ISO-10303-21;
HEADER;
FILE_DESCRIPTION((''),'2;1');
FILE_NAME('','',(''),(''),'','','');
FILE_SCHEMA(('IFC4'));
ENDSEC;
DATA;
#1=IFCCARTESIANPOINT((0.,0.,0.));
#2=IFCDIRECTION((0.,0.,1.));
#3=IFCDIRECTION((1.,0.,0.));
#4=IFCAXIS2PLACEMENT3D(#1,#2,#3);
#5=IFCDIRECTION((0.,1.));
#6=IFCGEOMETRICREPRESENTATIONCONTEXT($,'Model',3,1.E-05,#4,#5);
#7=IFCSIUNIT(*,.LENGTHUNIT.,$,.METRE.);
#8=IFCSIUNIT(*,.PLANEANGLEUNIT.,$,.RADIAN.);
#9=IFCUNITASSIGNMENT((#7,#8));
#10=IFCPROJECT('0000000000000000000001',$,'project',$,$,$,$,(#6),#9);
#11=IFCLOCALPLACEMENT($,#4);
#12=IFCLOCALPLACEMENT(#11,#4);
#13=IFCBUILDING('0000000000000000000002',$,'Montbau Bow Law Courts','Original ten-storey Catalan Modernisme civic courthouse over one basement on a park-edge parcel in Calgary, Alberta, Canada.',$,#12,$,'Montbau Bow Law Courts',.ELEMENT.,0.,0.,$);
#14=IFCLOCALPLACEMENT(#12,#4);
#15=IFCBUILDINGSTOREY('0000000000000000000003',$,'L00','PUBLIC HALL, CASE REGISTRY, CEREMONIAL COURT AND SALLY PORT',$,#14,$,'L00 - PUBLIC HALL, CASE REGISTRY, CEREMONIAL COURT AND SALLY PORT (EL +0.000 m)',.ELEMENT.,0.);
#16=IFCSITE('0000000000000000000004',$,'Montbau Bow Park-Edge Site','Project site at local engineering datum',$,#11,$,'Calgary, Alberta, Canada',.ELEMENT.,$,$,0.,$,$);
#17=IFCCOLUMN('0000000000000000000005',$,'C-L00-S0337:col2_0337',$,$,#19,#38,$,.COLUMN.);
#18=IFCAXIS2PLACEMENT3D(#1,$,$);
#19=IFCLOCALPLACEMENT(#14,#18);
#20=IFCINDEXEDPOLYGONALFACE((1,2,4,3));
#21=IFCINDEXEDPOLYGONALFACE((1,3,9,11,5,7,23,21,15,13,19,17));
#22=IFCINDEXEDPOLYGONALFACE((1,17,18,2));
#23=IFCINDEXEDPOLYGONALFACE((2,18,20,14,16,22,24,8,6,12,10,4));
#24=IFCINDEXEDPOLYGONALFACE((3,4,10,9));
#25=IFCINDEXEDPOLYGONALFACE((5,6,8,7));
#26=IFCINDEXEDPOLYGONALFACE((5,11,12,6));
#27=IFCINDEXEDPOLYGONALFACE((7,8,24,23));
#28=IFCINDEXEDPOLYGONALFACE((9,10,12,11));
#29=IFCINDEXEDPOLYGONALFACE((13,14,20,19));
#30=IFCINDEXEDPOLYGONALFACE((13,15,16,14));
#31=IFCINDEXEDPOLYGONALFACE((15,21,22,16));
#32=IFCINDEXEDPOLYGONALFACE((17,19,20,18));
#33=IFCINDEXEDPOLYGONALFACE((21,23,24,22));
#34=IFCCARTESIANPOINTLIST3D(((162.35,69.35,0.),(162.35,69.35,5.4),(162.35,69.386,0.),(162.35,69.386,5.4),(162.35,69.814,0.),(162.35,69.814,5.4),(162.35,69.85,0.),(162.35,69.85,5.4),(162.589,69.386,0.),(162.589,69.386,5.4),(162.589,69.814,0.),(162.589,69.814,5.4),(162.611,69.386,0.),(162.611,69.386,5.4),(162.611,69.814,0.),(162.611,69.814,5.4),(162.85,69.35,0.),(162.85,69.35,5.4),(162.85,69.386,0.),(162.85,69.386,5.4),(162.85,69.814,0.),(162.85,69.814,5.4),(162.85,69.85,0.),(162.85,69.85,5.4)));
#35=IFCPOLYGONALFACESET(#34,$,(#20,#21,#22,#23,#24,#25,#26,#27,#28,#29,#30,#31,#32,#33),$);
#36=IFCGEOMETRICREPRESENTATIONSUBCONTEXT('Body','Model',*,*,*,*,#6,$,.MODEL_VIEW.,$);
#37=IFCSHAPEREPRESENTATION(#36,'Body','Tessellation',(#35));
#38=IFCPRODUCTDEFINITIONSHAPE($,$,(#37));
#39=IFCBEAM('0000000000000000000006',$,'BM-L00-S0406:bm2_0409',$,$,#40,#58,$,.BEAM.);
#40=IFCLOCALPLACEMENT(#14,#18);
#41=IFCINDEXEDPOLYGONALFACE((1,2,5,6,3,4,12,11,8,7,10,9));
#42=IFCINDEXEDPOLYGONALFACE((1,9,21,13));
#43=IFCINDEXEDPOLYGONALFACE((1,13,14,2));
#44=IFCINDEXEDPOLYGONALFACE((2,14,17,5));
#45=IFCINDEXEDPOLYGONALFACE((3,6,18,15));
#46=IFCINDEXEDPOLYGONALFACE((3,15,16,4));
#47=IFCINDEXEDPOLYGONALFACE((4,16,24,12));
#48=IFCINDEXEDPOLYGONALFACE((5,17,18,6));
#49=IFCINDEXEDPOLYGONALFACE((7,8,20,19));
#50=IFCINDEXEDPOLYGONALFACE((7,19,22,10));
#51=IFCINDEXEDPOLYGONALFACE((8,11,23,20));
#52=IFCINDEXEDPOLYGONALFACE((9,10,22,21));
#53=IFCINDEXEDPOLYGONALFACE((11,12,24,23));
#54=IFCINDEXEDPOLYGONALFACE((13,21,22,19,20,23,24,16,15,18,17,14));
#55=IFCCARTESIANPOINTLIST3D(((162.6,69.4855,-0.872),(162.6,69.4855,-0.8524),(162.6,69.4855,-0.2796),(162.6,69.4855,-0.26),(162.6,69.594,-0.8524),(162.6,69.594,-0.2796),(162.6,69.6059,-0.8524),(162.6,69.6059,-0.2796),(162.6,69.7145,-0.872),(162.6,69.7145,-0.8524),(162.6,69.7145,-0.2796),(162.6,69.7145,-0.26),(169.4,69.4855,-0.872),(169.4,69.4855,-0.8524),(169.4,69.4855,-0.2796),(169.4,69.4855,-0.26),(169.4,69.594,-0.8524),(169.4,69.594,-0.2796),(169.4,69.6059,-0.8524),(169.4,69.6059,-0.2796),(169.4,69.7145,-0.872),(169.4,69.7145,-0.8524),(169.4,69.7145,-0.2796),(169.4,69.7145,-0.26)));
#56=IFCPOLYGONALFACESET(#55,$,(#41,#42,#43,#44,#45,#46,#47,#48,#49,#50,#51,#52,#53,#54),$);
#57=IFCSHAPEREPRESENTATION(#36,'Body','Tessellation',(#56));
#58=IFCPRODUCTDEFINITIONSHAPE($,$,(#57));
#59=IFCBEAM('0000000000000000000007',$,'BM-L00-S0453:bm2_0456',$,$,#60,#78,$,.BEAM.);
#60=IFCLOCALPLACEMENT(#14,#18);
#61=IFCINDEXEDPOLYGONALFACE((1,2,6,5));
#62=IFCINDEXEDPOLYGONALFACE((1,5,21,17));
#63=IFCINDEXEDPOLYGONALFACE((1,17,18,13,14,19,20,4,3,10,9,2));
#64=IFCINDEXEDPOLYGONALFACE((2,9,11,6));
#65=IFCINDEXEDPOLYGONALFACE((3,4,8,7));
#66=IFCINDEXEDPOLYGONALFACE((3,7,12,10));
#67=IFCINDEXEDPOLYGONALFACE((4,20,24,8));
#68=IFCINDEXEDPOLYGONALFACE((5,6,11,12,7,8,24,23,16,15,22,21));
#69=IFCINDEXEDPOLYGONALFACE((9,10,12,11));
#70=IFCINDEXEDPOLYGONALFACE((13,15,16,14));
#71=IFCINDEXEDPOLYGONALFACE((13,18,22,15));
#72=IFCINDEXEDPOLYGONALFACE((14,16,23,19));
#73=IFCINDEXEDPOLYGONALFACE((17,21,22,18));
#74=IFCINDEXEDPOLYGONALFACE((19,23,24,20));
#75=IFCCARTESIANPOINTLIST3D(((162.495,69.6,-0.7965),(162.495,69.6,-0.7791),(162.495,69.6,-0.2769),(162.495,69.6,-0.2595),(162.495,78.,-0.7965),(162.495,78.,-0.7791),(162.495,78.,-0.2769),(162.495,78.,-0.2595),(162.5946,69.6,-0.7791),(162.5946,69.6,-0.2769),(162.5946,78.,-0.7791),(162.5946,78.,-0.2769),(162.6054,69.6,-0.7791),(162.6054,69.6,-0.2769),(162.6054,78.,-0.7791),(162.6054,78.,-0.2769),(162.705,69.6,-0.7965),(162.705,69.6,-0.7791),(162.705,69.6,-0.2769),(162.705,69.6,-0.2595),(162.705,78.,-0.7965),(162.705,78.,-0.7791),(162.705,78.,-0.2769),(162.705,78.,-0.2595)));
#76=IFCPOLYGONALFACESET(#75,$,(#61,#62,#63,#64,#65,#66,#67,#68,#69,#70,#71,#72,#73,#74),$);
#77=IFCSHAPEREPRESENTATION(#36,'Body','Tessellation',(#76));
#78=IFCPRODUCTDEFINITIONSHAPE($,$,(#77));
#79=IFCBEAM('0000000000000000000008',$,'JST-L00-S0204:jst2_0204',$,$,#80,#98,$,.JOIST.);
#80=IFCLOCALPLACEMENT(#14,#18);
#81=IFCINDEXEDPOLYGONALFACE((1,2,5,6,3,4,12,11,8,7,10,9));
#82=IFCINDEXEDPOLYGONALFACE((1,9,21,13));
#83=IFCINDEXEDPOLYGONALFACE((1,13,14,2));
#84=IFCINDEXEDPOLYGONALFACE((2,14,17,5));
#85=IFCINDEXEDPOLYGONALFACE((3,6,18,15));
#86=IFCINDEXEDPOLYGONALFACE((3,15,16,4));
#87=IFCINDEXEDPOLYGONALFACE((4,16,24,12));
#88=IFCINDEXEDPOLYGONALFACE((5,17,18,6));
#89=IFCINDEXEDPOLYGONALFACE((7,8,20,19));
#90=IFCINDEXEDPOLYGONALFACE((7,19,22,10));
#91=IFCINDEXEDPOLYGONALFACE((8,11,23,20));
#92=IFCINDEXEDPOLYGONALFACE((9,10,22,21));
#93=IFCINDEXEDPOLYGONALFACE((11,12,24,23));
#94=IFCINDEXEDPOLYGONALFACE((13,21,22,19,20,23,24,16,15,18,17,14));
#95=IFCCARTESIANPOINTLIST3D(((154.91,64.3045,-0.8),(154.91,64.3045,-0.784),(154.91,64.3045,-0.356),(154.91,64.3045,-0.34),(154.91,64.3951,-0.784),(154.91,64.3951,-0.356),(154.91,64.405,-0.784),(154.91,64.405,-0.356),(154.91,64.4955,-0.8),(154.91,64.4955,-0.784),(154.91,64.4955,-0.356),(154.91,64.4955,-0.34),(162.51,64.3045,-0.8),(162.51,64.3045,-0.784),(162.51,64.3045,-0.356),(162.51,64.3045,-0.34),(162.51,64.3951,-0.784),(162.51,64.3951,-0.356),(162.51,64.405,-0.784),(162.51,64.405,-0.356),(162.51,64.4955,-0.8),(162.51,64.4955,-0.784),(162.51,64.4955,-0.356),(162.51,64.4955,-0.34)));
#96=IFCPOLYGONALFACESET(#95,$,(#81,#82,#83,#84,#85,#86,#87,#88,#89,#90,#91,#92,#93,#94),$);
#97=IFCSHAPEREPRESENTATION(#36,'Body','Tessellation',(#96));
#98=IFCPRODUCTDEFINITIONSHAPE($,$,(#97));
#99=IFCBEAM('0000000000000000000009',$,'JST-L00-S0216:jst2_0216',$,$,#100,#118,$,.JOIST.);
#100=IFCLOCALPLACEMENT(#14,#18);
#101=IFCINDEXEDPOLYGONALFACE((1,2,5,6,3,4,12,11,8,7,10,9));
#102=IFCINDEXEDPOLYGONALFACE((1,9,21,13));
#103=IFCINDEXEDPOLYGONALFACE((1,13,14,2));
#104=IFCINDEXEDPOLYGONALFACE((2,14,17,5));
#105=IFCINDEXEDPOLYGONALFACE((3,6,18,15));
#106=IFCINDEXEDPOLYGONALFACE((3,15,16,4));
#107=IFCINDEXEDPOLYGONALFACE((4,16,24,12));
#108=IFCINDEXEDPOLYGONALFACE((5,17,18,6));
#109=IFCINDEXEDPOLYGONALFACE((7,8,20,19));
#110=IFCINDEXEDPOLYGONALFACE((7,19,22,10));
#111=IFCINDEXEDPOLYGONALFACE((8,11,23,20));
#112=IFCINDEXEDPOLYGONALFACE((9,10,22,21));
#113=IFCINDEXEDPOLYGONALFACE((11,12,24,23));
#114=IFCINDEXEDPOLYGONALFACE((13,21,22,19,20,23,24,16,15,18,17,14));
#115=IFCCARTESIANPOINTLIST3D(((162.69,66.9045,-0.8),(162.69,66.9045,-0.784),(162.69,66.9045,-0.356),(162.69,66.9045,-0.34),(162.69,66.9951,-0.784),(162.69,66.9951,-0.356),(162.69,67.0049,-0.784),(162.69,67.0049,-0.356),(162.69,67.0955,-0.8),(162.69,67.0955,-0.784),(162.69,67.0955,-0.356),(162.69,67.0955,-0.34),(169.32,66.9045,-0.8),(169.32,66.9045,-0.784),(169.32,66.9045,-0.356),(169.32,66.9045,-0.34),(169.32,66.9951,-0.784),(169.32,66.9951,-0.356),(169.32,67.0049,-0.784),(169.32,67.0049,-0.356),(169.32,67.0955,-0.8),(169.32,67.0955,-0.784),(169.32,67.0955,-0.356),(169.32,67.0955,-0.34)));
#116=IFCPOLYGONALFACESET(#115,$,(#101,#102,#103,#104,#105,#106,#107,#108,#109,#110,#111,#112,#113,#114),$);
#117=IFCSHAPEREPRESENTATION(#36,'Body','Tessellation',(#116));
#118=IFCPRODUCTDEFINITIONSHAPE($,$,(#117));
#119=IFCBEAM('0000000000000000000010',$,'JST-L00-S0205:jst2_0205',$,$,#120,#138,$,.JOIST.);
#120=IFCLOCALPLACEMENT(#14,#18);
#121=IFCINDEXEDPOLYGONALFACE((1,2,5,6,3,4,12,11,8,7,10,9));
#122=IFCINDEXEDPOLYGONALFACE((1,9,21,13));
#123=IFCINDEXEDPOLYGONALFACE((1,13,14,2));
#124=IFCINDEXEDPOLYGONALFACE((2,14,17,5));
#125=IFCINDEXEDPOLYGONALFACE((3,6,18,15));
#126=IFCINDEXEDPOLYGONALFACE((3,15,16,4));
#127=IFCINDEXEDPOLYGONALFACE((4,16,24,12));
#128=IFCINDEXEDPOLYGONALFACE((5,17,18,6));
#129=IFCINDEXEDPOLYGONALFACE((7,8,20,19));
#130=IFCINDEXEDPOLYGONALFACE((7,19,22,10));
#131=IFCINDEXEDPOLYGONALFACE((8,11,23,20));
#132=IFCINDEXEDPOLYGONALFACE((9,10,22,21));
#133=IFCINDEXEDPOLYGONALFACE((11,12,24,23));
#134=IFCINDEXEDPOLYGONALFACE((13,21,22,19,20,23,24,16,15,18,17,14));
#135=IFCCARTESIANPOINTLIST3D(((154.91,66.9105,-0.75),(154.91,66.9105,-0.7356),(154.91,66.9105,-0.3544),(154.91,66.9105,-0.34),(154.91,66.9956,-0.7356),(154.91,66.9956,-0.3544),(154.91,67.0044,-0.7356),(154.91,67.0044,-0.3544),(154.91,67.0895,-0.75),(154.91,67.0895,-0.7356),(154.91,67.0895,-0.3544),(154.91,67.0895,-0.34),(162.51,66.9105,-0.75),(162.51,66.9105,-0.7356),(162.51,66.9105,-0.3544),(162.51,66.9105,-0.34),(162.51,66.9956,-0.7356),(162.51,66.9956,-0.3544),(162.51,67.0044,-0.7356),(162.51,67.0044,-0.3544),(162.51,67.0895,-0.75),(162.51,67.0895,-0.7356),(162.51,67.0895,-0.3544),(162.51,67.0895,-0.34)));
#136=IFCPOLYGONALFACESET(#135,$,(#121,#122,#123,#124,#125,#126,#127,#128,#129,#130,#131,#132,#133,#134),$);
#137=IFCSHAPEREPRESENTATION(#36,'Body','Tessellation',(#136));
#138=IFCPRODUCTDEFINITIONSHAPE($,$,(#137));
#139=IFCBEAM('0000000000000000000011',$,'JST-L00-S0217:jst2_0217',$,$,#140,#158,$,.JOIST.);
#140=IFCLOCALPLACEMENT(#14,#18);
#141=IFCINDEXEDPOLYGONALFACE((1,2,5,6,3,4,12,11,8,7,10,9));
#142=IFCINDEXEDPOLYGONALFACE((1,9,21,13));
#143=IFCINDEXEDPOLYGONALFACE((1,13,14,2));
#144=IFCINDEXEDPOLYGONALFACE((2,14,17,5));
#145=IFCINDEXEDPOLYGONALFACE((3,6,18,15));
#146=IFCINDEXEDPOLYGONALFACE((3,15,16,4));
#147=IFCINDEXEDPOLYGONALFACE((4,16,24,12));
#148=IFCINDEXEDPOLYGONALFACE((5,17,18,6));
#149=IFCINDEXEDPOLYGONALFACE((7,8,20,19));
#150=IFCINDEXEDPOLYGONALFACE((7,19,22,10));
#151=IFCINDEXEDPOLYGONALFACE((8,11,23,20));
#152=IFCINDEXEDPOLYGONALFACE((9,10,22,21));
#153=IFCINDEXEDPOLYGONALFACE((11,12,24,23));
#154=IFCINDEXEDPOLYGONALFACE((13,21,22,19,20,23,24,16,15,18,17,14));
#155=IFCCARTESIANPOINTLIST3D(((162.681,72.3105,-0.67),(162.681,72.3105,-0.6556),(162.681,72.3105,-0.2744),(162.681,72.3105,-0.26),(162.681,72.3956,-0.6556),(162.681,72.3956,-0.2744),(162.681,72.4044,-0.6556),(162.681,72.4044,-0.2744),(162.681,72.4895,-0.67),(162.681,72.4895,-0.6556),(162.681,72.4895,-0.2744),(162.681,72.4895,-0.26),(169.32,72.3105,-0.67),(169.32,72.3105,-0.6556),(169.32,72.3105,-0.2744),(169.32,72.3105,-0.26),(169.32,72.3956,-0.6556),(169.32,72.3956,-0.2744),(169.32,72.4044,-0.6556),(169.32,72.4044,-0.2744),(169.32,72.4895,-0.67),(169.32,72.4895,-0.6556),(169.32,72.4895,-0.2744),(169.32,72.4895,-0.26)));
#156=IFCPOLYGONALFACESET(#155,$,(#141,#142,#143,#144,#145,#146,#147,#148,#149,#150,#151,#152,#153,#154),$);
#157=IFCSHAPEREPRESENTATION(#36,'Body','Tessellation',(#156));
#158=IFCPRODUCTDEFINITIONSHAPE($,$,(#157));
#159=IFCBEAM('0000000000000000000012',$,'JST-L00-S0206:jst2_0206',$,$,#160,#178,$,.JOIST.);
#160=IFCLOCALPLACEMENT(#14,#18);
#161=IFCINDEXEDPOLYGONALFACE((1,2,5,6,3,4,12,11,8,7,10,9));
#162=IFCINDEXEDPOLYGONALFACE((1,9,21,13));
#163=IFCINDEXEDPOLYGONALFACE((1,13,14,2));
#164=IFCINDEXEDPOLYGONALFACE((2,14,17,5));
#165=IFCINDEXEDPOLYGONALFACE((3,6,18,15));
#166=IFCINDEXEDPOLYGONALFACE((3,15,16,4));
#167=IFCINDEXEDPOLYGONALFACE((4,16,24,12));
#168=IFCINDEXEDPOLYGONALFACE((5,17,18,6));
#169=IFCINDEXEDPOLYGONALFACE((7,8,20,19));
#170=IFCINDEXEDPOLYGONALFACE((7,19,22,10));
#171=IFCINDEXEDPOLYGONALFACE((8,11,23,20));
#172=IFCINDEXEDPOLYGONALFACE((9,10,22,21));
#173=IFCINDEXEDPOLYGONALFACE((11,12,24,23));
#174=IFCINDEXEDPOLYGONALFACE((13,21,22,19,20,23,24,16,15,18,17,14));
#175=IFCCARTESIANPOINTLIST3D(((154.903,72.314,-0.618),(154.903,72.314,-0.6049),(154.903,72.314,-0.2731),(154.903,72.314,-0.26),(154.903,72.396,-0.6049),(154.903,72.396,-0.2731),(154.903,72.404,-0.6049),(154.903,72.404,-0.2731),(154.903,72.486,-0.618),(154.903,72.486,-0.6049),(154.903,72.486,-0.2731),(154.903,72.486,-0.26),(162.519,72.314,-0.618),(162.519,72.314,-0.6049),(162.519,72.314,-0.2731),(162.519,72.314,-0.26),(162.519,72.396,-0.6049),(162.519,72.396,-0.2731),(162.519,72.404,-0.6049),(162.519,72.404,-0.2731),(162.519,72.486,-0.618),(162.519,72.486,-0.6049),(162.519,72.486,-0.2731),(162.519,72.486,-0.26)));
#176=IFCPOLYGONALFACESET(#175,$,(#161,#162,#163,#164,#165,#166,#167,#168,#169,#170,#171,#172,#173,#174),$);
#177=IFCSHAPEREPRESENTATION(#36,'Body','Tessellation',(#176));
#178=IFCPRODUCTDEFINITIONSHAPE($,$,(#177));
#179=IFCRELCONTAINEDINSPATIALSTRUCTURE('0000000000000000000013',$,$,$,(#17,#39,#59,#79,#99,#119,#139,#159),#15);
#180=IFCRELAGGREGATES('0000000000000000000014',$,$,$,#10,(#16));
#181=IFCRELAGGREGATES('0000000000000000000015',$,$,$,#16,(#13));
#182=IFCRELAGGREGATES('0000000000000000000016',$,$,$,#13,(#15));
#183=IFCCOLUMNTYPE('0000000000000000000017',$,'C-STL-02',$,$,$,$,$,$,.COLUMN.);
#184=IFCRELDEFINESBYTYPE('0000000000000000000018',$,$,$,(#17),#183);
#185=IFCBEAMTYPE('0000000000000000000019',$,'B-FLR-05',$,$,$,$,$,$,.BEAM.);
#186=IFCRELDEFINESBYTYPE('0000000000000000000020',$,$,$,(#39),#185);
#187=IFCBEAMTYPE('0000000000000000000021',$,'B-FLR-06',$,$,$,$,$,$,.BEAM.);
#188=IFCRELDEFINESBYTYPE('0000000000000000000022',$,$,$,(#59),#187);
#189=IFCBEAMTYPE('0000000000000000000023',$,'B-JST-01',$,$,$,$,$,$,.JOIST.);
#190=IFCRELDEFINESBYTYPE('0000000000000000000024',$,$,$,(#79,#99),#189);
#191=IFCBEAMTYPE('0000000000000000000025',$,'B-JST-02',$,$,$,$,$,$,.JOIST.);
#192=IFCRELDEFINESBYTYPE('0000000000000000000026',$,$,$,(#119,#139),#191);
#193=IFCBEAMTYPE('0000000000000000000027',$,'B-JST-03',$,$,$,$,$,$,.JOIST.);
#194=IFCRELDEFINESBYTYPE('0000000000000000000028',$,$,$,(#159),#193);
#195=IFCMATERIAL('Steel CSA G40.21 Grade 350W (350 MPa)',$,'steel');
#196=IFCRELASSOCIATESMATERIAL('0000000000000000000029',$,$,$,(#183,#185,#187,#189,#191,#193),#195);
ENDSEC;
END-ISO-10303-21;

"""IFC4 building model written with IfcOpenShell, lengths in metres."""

from ifc_helpers import new_model, si_unit, direction, frame, origin_with_axes, origin_2d_with_axis, place, context, subcontext, project, spatial, i_section, extrude, material, material_profile, profile_set, type_object, element, save


model = new_model("IFC4")

# Units and contexts
model_context = context("Model", 3, precision=1e-05, world=origin_with_axes(), true_north=direction((0.0, 1.0)))
body_context = subcontext(model_context, "Body", "Model", "MODEL_VIEW")
ifc_project = project(units=[si_unit("LENGTHUNIT", "METRE"), si_unit("PLANEANGLEUNIT", "RADIAN")], contexts=[model_context])

# Site, building, storey
site_placement = place(None, origin_with_axes())
site = spatial("IfcSite", under=ifc_project, at=site_placement, Name="Montbau Bow Park-Edge Site", Description="Project site at local engineering datum", LongName="Calgary, Alberta, Canada", CompositionType="ELEMENT", RefElevation=0.0)
building_placement = place(site_placement, origin_with_axes())
building = spatial("IfcBuilding", under=site, at=building_placement, Name="Montbau Bow Law Courts", Description="Original ten-storey Catalan Modernisme civic courthouse over one basement on a park-edge parcel in Calgary, Alberta, Canada.", LongName="Montbau Bow Law Courts", CompositionType="ELEMENT", ElevationOfRefHeight=0.0, ElevationOfTerrain=0.0)
storey_placement = place(building_placement, origin_with_axes())
storey = spatial("IfcBuildingStorey", under=building, at=storey_placement, Name="L00", Description="PUBLIC HALL, CASE REGISTRY, CEREMONIAL COURT AND SALLY PORT", LongName="L00 - PUBLIC HALL, CASE REGISTRY, CEREMONIAL COURT AND SALLY PORT (EL +0.000 m)", CompositionType="ELEMENT", Elevation=0.0)

# Column
ifc_material_1 = material(Name="Steel CSA G40.21 Grade 350W (350 MPa)", Category="steel")
ifc_material_profile_1 = material_profile(ifc_material_1, i_section(OverallWidth=0.5, OverallDepth=0.5, WebThickness=0.022, FlangeThickness=0.036, at=origin_2d_with_axis()), Name="WWF500X343", Category="Main", Priority=0)
ifc_profile_set_1 = profile_set([ifc_material_profile_1], Name="Steel CSA G40.21 Grade 350W (350 MPa)")
column_type = type_object("IfcColumnType", Name="C-STL-02", PredefinedType="COLUMN", material=ifc_profile_set_1)
column_placement = place(None, frame((162.6, 69.6, 0.0), z_axis=(0.0, 0.0, 1.0), x_axis=(1.0, 0.0, 0.0)))
element("IfcColumn", 1, at=column_placement, inside=storey, type_object=column_type, Name="C-L00-S0337:col2_0337", PredefinedType="COLUMN", context=body_context, shape_type="SweptSolid", body=[
    extrude(i_section(OverallWidth=0.5, OverallDepth=0.5, WebThickness=0.022, FlangeThickness=0.036, at=origin_2d_with_axis()), origin_with_axes(), (0.0, 0.0, 1.0), 5.4),
])

# Beams
ifc_material_profile_2 = material_profile(ifc_material_1, i_section(OverallWidth=0.229, OverallDepth=0.612, WebThickness=0.0119, FlangeThickness=0.0196, at=origin_2d_with_axis()), Name="W610X125", Category="Main", Priority=0)
ifc_profile_set_2 = profile_set([ifc_material_profile_2], Name="Steel CSA G40.21 Grade 350W (350 MPa)")
beam_type_1 = type_object("IfcBeamType", Name="B-FLR-05", PredefinedType="BEAM", material=ifc_profile_set_2)
beam_1_placement = place(None, frame((162.6, 69.6, -0.566), z_axis=(1.0, 0.0, 0.0), x_axis=(0.0, 1.0, 0.0)))
element("IfcBeam", 2, at=beam_1_placement, inside=storey, type_object=beam_type_1, Name="BM-L00-S0406:bm2_0409", PredefinedType="BEAM", context=body_context, shape_type="SweptSolid", body=[
    extrude(i_section(OverallWidth=0.229, OverallDepth=0.612, WebThickness=0.0119, FlangeThickness=0.0196, at=origin_2d_with_axis()), origin_with_axes(), (0.0, 0.0, 1.0), 6.8),
])
ifc_material_profile_3 = material_profile(ifc_material_1, i_section(OverallWidth=0.21, OverallDepth=0.537, WebThickness=0.0109, FlangeThickness=0.0174, at=origin_2d_with_axis()), Name="W530X101", Category="Main", Priority=0)
ifc_profile_set_3 = profile_set([ifc_material_profile_3], Name="Steel CSA G40.21 Grade 350W (350 MPa)")
beam_type_2 = type_object("IfcBeamType", Name="B-FLR-06", PredefinedType="BEAM", material=ifc_profile_set_3)
beam_2_placement = place(None, frame((162.6, 69.6, -0.528), z_axis=(0.0, 1.0, 0.0), x_axis=(-1.0, 0.0, 0.0)))
element("IfcBeam", 3, at=beam_2_placement, inside=storey, type_object=beam_type_2, Name="BM-L00-S0453:bm2_0456", PredefinedType="BEAM", context=body_context, shape_type="SweptSolid", body=[
    extrude(i_section(OverallWidth=0.21, OverallDepth=0.537, WebThickness=0.0109, FlangeThickness=0.0174, at=origin_2d_with_axis()), origin_with_axes(), (0.0, 0.0, 1.0), 8.4),
])
ifc_material_profile_4 = material_profile(ifc_material_1, i_section(OverallWidth=0.191, OverallDepth=0.46, WebThickness=0.0099, FlangeThickness=0.016, at=origin_2d_with_axis()), Name="W460X82", Category="Main", Priority=0)
ifc_profile_set_4 = profile_set([ifc_material_profile_4], Name="Steel CSA G40.21 Grade 350W (350 MPa)")
beam_type_3 = type_object("IfcBeamType", Name="B-JST-01", PredefinedType="JOIST", material=ifc_profile_set_4)
beam_3_placement = place(None, frame((154.91, 64.4, -0.57), z_axis=(1.0, 0.0, 0.0), x_axis=(0.0, 1.0, 0.0)))
element("IfcBeam", 4, at=beam_3_placement, inside=storey, type_object=beam_type_3, Name="JST-L00-S0204:jst2_0204", PredefinedType="JOIST", context=body_context, shape_type="SweptSolid", body=[
    extrude(i_section(OverallWidth=0.191, OverallDepth=0.46, WebThickness=0.0099, FlangeThickness=0.016, at=origin_2d_with_axis()), origin_with_axes(), (0.0, 0.0, 1.0), 7.6),
])
beam_4_placement = place(None, frame((162.69, 67.0, -0.57), z_axis=(1.0, 0.0, 0.0), x_axis=(0.0, 1.0, 0.0)))
element("IfcBeam", 5, at=beam_4_placement, inside=storey, type_object=beam_type_3, Name="JST-L00-S0216:jst2_0216", PredefinedType="JOIST", context=body_context, shape_type="SweptSolid", body=[
    extrude(i_section(OverallWidth=0.191, OverallDepth=0.46, WebThickness=0.0099, FlangeThickness=0.016, at=origin_2d_with_axis()), origin_with_axes(), (0.0, 0.0, 1.0), 6.63),
])
ifc_material_profile_5 = material_profile(ifc_material_1, i_section(OverallWidth=0.179, OverallDepth=0.41, WebThickness=0.0088, FlangeThickness=0.0144, at=origin_2d_with_axis()), Name="W410X67", Category="Main", Priority=0)
ifc_profile_set_5 = profile_set([ifc_material_profile_5], Name="Steel CSA G40.21 Grade 350W (350 MPa)")
beam_type_4 = type_object("IfcBeamType", Name="B-JST-02", PredefinedType="JOIST", material=ifc_profile_set_5)
beam_5_placement = place(None, frame((154.91, 67.0, -0.545), z_axis=(1.0, 0.0, 0.0), x_axis=(0.0, 1.0, 0.0)))
element("IfcBeam", 6, at=beam_5_placement, inside=storey, type_object=beam_type_4, Name="JST-L00-S0205:jst2_0205", PredefinedType="JOIST", context=body_context, shape_type="SweptSolid", body=[
    extrude(i_section(OverallWidth=0.179, OverallDepth=0.41, WebThickness=0.0088, FlangeThickness=0.0144, at=origin_2d_with_axis()), origin_with_axes(), (0.0, 0.0, 1.0), 7.6),
])
beam_6_placement = place(None, frame((162.681, 72.4, -0.465), z_axis=(1.0, 0.0, 0.0), x_axis=(0.0, 1.0, 0.0)))
element("IfcBeam", 7, at=beam_6_placement, inside=storey, type_object=beam_type_4, Name="JST-L00-S0217:jst2_0217", PredefinedType="JOIST", context=body_context, shape_type="SweptSolid", body=[
    extrude(i_section(OverallWidth=0.179, OverallDepth=0.41, WebThickness=0.0088, FlangeThickness=0.0144, at=origin_2d_with_axis()), origin_with_axes(), (0.0, 0.0, 1.0), 6.639),
])
ifc_material_profile_6 = material_profile(ifc_material_1, i_section(OverallWidth=0.172, OverallDepth=0.358, WebThickness=0.0079, FlangeThickness=0.0131, at=origin_2d_with_axis()), Name="W360X57", Category="Main", Priority=0)
ifc_profile_set_6 = profile_set([ifc_material_profile_6], Name="Steel CSA G40.21 Grade 350W (350 MPa)")
beam_type_5 = type_object("IfcBeamType", Name="B-JST-03", PredefinedType="JOIST", material=ifc_profile_set_6)
beam_7_placement = place(None, frame((154.903, 72.4, -0.439), z_axis=(1.0, 0.0, 0.0), x_axis=(0.0, 1.0, 0.0)))
element("IfcBeam", 8, at=beam_7_placement, inside=storey, type_object=beam_type_5, Name="JST-L00-S0206:jst2_0206", PredefinedType="JOIST", context=body_context, shape_type="SweptSolid", body=[
    extrude(i_section(OverallWidth=0.172, OverallDepth=0.358, WebThickness=0.0079, FlangeThickness=0.0131, at=origin_2d_with_axis()), origin_with_axes(), (0.0, 0.0, 1.0), 7.616),
])

save(model, "model.ifc")
